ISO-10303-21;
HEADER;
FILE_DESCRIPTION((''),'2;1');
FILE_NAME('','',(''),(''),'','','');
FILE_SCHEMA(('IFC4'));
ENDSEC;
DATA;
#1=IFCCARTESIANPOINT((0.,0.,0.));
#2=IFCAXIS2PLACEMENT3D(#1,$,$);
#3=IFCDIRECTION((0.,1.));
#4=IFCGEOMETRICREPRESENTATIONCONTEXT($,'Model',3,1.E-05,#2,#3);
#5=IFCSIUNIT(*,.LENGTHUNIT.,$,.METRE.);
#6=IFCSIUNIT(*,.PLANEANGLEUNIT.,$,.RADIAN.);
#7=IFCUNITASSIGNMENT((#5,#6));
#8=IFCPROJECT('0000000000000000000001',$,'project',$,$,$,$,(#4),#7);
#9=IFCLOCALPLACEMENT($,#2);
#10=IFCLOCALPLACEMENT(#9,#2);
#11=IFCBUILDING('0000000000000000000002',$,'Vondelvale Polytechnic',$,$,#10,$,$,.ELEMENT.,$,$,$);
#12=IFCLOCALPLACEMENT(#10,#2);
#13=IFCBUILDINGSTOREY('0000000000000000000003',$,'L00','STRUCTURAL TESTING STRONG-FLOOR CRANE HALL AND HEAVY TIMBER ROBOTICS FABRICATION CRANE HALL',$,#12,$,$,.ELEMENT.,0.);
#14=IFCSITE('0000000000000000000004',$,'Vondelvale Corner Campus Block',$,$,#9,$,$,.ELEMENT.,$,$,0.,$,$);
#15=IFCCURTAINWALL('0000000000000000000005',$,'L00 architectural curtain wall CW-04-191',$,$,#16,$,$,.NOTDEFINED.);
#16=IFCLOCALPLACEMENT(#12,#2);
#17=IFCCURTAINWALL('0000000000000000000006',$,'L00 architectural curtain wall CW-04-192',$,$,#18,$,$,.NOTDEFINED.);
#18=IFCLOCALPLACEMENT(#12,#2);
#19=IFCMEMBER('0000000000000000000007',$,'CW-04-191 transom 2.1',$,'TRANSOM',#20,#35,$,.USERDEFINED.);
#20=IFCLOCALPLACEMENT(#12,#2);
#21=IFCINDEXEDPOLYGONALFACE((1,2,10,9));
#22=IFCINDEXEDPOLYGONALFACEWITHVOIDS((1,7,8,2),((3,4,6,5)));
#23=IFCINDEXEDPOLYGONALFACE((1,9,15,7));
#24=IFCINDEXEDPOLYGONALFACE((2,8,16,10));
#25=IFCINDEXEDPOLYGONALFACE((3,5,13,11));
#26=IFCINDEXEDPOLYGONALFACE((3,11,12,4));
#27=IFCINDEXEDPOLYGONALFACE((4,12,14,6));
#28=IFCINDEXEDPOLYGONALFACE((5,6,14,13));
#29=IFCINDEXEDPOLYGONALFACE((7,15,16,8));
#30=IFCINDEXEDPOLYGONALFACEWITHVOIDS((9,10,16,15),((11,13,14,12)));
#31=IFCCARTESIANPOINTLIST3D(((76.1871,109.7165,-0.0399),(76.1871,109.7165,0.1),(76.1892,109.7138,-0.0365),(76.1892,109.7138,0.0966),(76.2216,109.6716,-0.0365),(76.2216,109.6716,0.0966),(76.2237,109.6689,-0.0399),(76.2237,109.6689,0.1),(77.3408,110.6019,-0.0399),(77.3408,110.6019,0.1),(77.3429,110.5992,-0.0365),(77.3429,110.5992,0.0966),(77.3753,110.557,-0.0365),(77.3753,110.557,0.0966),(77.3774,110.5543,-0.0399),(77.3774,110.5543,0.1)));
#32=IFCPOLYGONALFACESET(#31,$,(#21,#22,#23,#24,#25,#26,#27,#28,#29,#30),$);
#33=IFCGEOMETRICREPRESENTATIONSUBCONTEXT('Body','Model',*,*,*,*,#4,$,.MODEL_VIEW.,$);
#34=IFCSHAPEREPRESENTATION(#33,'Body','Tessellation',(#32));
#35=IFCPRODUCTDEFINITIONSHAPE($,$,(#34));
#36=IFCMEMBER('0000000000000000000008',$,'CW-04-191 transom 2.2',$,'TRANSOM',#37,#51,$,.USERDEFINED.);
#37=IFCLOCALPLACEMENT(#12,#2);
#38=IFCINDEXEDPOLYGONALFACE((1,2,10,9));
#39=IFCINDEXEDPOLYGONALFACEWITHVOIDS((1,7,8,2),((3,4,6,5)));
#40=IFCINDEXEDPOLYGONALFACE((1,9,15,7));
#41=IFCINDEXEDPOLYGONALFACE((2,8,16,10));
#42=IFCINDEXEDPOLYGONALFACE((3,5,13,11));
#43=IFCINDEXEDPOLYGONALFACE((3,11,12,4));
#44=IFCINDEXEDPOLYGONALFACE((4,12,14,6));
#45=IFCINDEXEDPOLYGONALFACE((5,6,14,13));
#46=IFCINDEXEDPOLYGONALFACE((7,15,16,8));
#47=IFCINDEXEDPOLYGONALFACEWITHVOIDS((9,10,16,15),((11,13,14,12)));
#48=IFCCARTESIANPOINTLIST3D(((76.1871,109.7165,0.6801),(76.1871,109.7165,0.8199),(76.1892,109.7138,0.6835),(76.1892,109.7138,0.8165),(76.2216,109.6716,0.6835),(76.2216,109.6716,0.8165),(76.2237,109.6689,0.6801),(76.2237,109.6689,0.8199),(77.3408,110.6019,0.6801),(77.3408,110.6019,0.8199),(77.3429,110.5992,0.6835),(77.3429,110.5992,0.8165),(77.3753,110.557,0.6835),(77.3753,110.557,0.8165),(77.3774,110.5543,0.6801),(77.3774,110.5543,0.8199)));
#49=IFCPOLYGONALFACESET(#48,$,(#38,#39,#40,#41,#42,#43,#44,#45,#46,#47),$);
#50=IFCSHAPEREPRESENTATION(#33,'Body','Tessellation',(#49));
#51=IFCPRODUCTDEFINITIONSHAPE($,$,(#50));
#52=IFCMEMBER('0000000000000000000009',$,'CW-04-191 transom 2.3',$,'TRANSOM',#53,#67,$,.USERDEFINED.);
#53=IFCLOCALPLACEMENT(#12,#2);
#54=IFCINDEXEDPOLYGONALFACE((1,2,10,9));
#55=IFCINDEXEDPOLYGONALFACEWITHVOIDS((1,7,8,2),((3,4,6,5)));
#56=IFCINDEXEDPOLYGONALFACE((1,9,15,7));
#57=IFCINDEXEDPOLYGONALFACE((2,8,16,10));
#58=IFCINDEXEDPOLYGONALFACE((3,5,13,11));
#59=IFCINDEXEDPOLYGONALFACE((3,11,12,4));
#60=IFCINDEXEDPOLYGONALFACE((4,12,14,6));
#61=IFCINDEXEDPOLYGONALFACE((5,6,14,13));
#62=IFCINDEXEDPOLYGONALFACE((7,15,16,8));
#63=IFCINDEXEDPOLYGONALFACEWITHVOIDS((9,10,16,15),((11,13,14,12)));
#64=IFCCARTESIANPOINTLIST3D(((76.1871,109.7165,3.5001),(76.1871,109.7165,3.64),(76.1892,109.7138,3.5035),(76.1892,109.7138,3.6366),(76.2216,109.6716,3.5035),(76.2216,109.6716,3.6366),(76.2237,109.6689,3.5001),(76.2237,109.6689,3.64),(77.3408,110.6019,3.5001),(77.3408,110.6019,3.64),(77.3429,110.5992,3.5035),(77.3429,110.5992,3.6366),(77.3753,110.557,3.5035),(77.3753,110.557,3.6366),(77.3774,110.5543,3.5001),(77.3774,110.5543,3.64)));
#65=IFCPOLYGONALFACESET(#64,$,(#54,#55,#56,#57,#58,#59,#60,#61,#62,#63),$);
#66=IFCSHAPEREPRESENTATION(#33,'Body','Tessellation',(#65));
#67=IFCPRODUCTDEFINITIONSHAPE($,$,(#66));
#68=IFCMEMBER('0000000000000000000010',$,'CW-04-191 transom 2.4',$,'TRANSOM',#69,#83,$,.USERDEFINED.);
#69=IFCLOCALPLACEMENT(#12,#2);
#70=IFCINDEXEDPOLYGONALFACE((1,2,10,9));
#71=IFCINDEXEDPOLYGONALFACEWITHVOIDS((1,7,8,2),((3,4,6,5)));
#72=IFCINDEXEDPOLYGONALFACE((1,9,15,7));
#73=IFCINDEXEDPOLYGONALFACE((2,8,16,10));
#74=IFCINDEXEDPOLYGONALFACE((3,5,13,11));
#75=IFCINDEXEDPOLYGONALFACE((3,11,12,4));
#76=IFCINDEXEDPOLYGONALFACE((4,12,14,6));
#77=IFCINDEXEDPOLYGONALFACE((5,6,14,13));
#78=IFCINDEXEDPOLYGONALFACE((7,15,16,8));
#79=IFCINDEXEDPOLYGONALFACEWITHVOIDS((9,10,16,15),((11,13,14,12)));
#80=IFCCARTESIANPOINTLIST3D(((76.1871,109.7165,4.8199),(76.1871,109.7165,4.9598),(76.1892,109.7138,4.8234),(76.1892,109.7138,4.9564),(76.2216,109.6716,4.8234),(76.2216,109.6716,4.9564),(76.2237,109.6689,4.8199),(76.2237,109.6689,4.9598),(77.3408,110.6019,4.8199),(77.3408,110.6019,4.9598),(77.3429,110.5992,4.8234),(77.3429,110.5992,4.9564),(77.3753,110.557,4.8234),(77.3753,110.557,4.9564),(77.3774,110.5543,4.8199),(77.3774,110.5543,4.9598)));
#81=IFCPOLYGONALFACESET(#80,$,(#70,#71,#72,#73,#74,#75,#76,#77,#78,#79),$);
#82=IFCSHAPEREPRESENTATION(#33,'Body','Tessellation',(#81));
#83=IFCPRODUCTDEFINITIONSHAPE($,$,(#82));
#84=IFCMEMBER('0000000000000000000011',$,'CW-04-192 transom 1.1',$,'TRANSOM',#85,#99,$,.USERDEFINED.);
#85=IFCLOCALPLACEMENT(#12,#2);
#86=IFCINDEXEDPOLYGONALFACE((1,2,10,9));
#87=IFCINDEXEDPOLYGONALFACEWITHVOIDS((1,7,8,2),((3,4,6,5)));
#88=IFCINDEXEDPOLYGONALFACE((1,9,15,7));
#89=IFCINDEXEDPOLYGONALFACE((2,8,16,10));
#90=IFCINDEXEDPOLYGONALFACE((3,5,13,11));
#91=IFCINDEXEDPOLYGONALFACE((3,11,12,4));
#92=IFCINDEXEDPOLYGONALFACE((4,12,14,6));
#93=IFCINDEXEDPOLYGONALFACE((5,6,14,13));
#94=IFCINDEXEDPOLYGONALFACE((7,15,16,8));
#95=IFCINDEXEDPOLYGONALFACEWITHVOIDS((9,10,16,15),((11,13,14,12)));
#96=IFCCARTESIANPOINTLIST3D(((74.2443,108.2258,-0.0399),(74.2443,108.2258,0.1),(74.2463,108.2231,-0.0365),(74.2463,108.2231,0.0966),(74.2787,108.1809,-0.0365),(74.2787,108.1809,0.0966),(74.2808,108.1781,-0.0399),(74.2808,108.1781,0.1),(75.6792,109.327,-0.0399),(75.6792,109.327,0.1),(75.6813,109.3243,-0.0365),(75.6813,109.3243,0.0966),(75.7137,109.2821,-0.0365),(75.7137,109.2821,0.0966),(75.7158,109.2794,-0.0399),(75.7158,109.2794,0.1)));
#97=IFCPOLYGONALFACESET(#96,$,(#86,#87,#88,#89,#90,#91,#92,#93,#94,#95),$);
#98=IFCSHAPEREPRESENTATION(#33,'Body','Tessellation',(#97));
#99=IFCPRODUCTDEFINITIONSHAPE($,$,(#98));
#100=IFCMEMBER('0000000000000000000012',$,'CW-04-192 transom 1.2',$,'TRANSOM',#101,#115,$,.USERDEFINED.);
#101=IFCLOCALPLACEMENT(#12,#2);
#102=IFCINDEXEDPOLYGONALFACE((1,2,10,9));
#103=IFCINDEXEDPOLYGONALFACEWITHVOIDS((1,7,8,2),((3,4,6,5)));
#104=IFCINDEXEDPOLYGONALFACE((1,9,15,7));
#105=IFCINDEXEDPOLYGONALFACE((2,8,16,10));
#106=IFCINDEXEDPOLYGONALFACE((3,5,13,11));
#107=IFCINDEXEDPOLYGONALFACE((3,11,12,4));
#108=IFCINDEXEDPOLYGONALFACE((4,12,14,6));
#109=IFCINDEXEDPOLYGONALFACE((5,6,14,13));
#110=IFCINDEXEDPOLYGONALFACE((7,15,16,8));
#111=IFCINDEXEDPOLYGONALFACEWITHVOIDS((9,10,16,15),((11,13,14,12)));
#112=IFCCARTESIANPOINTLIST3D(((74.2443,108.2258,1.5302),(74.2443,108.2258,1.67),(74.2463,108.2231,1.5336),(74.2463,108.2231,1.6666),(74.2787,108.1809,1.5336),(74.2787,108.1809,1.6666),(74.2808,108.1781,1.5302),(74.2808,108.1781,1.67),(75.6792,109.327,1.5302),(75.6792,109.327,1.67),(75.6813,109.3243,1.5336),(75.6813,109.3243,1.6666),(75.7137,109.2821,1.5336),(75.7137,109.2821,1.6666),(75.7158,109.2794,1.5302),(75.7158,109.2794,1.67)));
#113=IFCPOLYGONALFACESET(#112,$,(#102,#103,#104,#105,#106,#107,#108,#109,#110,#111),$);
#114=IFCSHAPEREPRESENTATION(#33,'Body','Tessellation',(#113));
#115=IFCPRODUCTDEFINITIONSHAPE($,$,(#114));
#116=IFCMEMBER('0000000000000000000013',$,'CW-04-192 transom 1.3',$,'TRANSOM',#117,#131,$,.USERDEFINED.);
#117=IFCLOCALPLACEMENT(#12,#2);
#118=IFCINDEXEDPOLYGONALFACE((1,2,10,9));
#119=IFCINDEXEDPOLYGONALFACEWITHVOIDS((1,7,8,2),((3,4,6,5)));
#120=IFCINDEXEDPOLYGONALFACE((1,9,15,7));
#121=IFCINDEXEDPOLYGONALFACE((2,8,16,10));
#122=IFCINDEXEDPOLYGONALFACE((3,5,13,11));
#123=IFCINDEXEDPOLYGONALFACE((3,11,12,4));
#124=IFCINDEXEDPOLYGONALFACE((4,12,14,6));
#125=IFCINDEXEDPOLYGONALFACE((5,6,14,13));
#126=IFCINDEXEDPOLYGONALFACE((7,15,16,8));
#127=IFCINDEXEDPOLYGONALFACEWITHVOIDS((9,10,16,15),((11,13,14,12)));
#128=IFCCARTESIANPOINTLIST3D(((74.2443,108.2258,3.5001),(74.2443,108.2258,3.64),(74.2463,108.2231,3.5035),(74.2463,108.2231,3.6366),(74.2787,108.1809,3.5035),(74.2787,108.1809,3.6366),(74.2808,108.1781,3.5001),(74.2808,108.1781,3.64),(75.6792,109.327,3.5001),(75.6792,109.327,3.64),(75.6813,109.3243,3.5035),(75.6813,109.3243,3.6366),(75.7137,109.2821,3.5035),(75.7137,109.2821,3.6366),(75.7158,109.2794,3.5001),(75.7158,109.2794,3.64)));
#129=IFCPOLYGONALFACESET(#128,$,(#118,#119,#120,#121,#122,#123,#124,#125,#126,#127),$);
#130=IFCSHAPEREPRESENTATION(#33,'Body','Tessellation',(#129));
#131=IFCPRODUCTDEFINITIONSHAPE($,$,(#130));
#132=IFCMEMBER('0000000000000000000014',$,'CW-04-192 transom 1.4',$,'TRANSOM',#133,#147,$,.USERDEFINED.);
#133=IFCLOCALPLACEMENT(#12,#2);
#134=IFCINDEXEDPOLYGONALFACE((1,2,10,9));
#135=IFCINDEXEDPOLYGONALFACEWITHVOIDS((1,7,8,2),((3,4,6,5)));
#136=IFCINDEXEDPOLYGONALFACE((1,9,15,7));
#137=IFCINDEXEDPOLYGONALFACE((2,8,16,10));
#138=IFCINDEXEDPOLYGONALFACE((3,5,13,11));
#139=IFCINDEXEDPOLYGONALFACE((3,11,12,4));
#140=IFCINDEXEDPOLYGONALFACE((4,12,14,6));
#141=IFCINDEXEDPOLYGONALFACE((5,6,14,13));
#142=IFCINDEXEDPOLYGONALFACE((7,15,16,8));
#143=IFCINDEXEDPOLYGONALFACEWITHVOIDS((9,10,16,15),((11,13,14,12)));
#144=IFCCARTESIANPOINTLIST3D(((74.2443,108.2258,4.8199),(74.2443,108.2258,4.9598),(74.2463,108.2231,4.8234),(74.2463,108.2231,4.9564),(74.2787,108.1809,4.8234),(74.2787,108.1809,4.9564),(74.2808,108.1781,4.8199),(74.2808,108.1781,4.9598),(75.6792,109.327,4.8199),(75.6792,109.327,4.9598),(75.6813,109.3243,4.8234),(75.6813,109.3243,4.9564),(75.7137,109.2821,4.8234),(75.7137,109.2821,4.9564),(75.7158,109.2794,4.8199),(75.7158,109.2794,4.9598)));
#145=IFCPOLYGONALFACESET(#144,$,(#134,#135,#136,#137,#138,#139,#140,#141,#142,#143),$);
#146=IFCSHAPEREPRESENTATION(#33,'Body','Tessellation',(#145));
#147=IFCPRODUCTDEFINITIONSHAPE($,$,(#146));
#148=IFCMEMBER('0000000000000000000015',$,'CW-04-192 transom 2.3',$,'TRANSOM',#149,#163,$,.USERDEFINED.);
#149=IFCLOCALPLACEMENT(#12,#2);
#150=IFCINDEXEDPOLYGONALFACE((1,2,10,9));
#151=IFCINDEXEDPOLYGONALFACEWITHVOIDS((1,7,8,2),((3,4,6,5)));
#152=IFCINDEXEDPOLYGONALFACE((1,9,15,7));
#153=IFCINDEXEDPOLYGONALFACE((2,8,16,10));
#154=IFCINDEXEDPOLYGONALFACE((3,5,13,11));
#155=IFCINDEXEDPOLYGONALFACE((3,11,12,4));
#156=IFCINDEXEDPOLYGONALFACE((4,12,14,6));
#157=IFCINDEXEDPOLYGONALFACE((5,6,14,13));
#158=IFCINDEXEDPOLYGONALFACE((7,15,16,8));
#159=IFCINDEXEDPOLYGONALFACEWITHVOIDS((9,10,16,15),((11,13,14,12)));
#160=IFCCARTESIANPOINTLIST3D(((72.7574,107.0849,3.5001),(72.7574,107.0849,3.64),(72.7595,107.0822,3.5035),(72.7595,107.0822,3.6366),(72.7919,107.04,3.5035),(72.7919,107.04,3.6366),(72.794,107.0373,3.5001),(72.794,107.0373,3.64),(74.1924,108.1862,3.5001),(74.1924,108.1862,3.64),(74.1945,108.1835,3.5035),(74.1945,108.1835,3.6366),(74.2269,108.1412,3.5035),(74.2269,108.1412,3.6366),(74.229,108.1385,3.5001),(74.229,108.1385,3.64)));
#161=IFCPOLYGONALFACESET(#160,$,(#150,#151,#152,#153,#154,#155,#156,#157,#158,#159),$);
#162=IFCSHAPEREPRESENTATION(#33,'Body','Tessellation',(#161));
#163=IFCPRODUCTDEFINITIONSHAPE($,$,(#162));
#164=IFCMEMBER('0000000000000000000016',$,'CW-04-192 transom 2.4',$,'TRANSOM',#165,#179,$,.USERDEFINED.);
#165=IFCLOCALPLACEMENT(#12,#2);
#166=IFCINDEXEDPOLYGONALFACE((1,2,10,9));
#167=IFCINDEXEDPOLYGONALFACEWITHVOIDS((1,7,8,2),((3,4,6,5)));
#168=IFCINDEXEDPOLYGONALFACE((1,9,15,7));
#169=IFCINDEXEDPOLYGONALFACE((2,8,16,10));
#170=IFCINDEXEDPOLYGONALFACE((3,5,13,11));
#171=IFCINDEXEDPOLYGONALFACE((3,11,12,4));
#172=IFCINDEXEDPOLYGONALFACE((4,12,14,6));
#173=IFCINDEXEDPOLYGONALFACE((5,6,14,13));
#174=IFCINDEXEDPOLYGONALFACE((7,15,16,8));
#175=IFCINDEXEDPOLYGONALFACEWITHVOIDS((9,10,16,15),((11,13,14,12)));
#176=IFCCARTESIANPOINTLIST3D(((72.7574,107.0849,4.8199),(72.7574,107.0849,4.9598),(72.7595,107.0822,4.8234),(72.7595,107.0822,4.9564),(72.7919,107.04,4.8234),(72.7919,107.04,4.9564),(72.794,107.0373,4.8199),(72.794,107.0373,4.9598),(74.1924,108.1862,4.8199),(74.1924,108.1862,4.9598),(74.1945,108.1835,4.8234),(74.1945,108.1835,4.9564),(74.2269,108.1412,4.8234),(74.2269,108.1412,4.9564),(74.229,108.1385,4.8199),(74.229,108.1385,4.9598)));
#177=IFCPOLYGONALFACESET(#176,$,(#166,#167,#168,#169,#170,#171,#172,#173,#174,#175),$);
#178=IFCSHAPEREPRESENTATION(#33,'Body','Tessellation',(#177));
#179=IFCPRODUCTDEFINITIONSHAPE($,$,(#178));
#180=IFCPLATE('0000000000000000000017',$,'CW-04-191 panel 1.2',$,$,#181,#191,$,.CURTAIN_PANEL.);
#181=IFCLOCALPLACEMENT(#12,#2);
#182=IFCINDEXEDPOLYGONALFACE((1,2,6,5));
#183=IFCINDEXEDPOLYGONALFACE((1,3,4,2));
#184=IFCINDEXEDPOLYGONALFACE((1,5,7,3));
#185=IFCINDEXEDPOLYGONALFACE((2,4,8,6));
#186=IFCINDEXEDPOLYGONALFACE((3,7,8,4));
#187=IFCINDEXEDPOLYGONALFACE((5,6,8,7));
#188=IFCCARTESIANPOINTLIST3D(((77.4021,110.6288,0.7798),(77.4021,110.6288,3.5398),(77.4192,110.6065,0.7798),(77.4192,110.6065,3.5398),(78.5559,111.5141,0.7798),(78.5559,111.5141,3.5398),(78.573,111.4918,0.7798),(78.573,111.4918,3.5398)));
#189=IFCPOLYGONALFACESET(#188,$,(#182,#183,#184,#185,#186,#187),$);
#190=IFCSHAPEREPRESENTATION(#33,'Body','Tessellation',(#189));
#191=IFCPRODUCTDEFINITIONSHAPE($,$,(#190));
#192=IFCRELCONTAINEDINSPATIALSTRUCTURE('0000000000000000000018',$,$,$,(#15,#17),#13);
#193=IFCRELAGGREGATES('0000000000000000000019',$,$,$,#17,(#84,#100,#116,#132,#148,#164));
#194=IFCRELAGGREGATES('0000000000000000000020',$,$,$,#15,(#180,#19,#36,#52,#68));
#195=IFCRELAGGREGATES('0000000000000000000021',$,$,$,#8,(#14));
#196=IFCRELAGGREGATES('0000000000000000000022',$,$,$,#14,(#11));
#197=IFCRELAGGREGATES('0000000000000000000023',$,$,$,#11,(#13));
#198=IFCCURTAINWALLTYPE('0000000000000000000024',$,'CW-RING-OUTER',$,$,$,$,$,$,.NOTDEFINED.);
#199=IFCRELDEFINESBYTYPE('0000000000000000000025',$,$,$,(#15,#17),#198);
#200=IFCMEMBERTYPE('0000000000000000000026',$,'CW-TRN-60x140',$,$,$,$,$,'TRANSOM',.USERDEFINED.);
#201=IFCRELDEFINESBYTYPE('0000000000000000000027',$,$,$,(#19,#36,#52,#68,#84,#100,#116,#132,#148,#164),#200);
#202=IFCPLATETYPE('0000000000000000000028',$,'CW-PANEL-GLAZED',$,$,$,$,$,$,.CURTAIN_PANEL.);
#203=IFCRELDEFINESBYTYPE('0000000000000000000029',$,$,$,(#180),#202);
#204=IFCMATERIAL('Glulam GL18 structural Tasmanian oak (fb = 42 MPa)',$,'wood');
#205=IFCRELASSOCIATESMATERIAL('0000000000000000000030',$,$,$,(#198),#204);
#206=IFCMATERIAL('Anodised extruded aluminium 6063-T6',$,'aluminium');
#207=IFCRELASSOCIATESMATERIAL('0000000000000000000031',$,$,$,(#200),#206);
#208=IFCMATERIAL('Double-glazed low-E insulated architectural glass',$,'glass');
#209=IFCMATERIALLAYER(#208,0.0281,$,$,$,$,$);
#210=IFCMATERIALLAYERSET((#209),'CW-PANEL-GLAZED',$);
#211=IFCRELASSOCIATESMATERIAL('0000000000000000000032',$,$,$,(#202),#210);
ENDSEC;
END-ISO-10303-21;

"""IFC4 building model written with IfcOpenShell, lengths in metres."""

from ifc_helpers import new_model, si_unit, direction, frame, origin, origin_2d, place, context, subcontext, project, spatial, rectangle, hollow_rectangle, extrude, material, layer, layer_set, material_profile, profile_set, type_object, element, aggregate, save


model = new_model("IFC4")

# Units and contexts
model_context = context("Model", 3, precision=1e-05, world=origin(), true_north=direction((0.0, 1.0)))
body_context = subcontext(model_context, "Body", "Model", "MODEL_VIEW")
ifc_project = project(units=[si_unit("LENGTHUNIT", "METRE"), si_unit("PLANEANGLEUNIT", "RADIAN")], contexts=[model_context])

# Site, building, storey
site_placement = place(None, origin())
site = spatial("IfcSite", under=ifc_project, at=site_placement, Name="Vondelvale Corner Campus Block", CompositionType="ELEMENT", RefElevation=0.0)
building_placement = place(site_placement, origin())
building = spatial("IfcBuilding", under=site, at=building_placement, Name="Vondelvale Polytechnic", CompositionType="ELEMENT")
storey_placement = place(building_placement, origin())
storey = spatial("IfcBuildingStorey", under=building, at=storey_placement, Name="L00", Description="STRUCTURAL TESTING STRONG-FLOOR CRANE HALL AND HEAVY TIMBER ROBOTICS FABRICATION CRANE HALL", CompositionType="ELEMENT", Elevation=0.0)

# Shared definitions
ifc_material_1 = material(Name="Glulam GL18 structural Tasmanian oak (fb = 42 MPa)", Category="wood")

# Curtain walls
curtain_wall_type = type_object("IfcCurtainWallType", Name="CW-RING-OUTER", PredefinedType="NOTDEFINED", material=ifc_material_1)
curtain_wall_1_placement = place(storey_placement, origin())
curtain_wall_1 = element("IfcCurtainWall", 1, at=curtain_wall_1_placement, inside=storey, type_object=curtain_wall_type, Name="L00 architectural curtain wall CW-04-191", PredefinedType="NOTDEFINED")
ifc_material_2 = material(Name="Anodised extruded aluminium 6063-T6", Category="aluminium")
curtain_wall_2_placement = place(storey_placement, origin())
curtain_wall_2 = element("IfcCurtainWall", 2, at=curtain_wall_2_placement, inside=storey, type_object=curtain_wall_type, Name="L00 architectural curtain wall CW-04-192", PredefinedType="NOTDEFINED")

# Members
ifc_material_profile_1 = material_profile(ifc_material_2, hollow_rectangle(XDim=0.0601, YDim=0.1399, WallThickness=0.0034, at=origin_2d()), Name="CW-TRN-140x60")
ifc_profile_set_1 = profile_set([ifc_material_profile_1], Name="Anodised extruded aluminium 6063-T6")
member_type_1 = type_object("IfcMemberType", Name="CW-TRN-60x140", ElementType="TRANSOM", PredefinedType="USERDEFINED", material=ifc_profile_set_1)
member_1_placement = place(storey_placement, frame((77.3591, 110.5781, 0.03), z_axis=(-0.793304, -0.608826, 0.0), x_axis=(0.608826, -0.793304, 0.0)))
member_1 = element("IfcMember", 3, at=member_1_placement, type_object=member_type_1, Name="CW-04-191 transom 2.1", ObjectType="TRANSOM", PredefinedType="USERDEFINED", context=body_context, shape_type="SweptSolid", body=[
    extrude(hollow_rectangle(XDim=0.0601, YDim=0.1399, WallThickness=0.0034, at=origin_2d()), origin(), (0.0, 0.0, 1.0), 1.4543),
])
member_2_placement = place(storey_placement, frame((77.3591, 110.5781, 0.75), z_axis=(-0.793304, -0.608826, 0.0), x_axis=(0.608826, -0.793304, 0.0)))
member_2 = element("IfcMember", 4, at=member_2_placement, type_object=member_type_1, Name="CW-04-191 transom 2.2", ObjectType="TRANSOM", PredefinedType="USERDEFINED", context=body_context, shape_type="SweptSolid", body=[
    extrude(hollow_rectangle(XDim=0.0601, YDim=0.1399, WallThickness=0.0034, at=origin_2d()), origin(), (0.0, 0.0, 1.0), 1.4543),
])
member_3_placement = place(storey_placement, frame((77.3591, 110.5781, 3.5701), z_axis=(-0.793304, -0.608826, 0.0), x_axis=(0.608826, -0.793304, 0.0)))
member_3 = element("IfcMember", 5, at=member_3_placement, type_object=member_type_1, Name="CW-04-191 transom 2.3", ObjectType="TRANSOM", PredefinedType="USERDEFINED", context=body_context, shape_type="SweptSolid", body=[
    extrude(hollow_rectangle(XDim=0.0601, YDim=0.1399, WallThickness=0.0034, at=origin_2d()), origin(), (0.0, 0.0, 1.0), 1.4543),
])
member_4_placement = place(storey_placement, frame((77.3591, 110.5781, 4.8899), z_axis=(-0.793304, -0.608826, 0.0), x_axis=(0.608826, -0.793304, 0.0)))
member_4 = element("IfcMember", 6, at=member_4_placement, type_object=member_type_1, Name="CW-04-191 transom 2.4", ObjectType="TRANSOM", PredefinedType="USERDEFINED", context=body_context, shape_type="SweptSolid", body=[
    extrude(hollow_rectangle(XDim=0.0601, YDim=0.1399, WallThickness=0.0034, at=origin_2d()), origin(), (0.0, 0.0, 1.0), 1.4543),
])
member_5_placement = place(storey_placement, frame((75.6975, 109.3032, 0.03), z_axis=(-0.793311, -0.608817, 0.0), x_axis=(0.608817, -0.793311, 0.0)))
member_5 = element("IfcMember", 7, at=member_5_placement, type_object=member_type_1, Name="CW-04-192 transom 1.1", ObjectType="TRANSOM", PredefinedType="USERDEFINED", context=body_context, shape_type="SweptSolid", body=[
    extrude(hollow_rectangle(XDim=0.0601, YDim=0.1399, WallThickness=0.0034, at=origin_2d()), origin(), (0.0, 0.0, 1.0), 1.8088),
])
member_6_placement = place(storey_placement, frame((75.6975, 109.3032, 1.6001), z_axis=(-0.793311, -0.608817, 0.0), x_axis=(0.608817, -0.793311, 0.0)))
member_6 = element("IfcMember", 8, at=member_6_placement, type_object=member_type_1, Name="CW-04-192 transom 1.2", ObjectType="TRANSOM", PredefinedType="USERDEFINED", context=body_context, shape_type="SweptSolid", body=[
    extrude(hollow_rectangle(XDim=0.0601, YDim=0.1399, WallThickness=0.0034, at=origin_2d()), origin(), (0.0, 0.0, 1.0), 1.8088),
])
member_7_placement = place(storey_placement, frame((75.6975, 109.3032, 3.5701), z_axis=(-0.793311, -0.608817, 0.0), x_axis=(0.608817, -0.793311, 0.0)))
member_7 = element("IfcMember", 9, at=member_7_placement, type_object=member_type_1, Name="CW-04-192 transom 1.3", ObjectType="TRANSOM", PredefinedType="USERDEFINED", context=body_context, shape_type="SweptSolid", body=[
    extrude(hollow_rectangle(XDim=0.0601, YDim=0.1399, WallThickness=0.0034, at=origin_2d()), origin(), (0.0, 0.0, 1.0), 1.8088),
])
member_8_placement = place(storey_placement, frame((75.6975, 109.3032, 4.8899), z_axis=(-0.793311, -0.608817, 0.0), x_axis=(0.608817, -0.793311, 0.0)))
member_8 = element("IfcMember", 10, at=member_8_placement, type_object=member_type_1, Name="CW-04-192 transom 1.4", ObjectType="TRANSOM", PredefinedType="USERDEFINED", context=body_context, shape_type="SweptSolid", body=[
    extrude(hollow_rectangle(XDim=0.0601, YDim=0.1399, WallThickness=0.0034, at=origin_2d()), origin(), (0.0, 0.0, 1.0), 1.8088),
])
member_9_placement = place(storey_placement, frame((74.2107, 108.1624, 3.5701), z_axis=(-0.793311, -0.608817, 0.0), x_axis=(0.608817, -0.793311, 0.0)))
member_9 = element("IfcMember", 11, at=member_9_placement, type_object=member_type_1, Name="CW-04-192 transom 2.3", ObjectType="TRANSOM", PredefinedType="USERDEFINED", context=body_context, shape_type="SweptSolid", body=[
    extrude(hollow_rectangle(XDim=0.0601, YDim=0.1399, WallThickness=0.0034, at=origin_2d()), origin(), (0.0, 0.0, 1.0), 1.8088),
])
member_10_placement = place(storey_placement, frame((74.2107, 108.1624, 4.8899), z_axis=(-0.793311, -0.608817, 0.0), x_axis=(0.608817, -0.793311, 0.0)))
member_10 = element("IfcMember", 12, at=member_10_placement, type_object=member_type_1, Name="CW-04-192 transom 2.4", ObjectType="TRANSOM", PredefinedType="USERDEFINED", context=body_context, shape_type="SweptSolid", body=[
    extrude(hollow_rectangle(XDim=0.0601, YDim=0.1399, WallThickness=0.0034, at=origin_2d()), origin(), (0.0, 0.0, 1.0), 1.8088),
])

# Plate
ifc_material_3 = material(Name="Double-glazed low-E insulated architectural glass", Category="glass")
ifc_layer_1 = layer(ifc_material_3, 0.0281)
ifc_layer_set_1 = layer_set([ifc_layer_1], Name="CW-PANEL-GLAZED")
plate_type_1 = type_object("IfcPlateType", Name="CW-PANEL-GLAZED", PredefinedType="CURTAIN_PANEL", material=ifc_layer_set_1)
plate_1_placement = place(storey_placement, frame((77.9875, 111.0603, 0.7798), z_axis=(0.0, 0.0, 1.0), x_axis=(-0.793352, -0.608764, 0.0)))
plate_1 = element("IfcPlate", 13, at=plate_1_placement, type_object=plate_type_1, Name="CW-04-191 panel 1.2", PredefinedType="CURTAIN_PANEL", context=body_context, shape_type="SweptSolid", body=[
    extrude(rectangle(XDim=1.4543, YDim=0.0281, at=origin_2d()), origin(), (0.0, 0.0, 1.0), 2.76),
])
aggregate(curtain_wall_2, [member_5, member_6, member_7, member_8, member_9, member_10])
aggregate(curtain_wall_1, [plate_1, member_1, member_2, member_3, member_4])

save(model, "model.ifc")
